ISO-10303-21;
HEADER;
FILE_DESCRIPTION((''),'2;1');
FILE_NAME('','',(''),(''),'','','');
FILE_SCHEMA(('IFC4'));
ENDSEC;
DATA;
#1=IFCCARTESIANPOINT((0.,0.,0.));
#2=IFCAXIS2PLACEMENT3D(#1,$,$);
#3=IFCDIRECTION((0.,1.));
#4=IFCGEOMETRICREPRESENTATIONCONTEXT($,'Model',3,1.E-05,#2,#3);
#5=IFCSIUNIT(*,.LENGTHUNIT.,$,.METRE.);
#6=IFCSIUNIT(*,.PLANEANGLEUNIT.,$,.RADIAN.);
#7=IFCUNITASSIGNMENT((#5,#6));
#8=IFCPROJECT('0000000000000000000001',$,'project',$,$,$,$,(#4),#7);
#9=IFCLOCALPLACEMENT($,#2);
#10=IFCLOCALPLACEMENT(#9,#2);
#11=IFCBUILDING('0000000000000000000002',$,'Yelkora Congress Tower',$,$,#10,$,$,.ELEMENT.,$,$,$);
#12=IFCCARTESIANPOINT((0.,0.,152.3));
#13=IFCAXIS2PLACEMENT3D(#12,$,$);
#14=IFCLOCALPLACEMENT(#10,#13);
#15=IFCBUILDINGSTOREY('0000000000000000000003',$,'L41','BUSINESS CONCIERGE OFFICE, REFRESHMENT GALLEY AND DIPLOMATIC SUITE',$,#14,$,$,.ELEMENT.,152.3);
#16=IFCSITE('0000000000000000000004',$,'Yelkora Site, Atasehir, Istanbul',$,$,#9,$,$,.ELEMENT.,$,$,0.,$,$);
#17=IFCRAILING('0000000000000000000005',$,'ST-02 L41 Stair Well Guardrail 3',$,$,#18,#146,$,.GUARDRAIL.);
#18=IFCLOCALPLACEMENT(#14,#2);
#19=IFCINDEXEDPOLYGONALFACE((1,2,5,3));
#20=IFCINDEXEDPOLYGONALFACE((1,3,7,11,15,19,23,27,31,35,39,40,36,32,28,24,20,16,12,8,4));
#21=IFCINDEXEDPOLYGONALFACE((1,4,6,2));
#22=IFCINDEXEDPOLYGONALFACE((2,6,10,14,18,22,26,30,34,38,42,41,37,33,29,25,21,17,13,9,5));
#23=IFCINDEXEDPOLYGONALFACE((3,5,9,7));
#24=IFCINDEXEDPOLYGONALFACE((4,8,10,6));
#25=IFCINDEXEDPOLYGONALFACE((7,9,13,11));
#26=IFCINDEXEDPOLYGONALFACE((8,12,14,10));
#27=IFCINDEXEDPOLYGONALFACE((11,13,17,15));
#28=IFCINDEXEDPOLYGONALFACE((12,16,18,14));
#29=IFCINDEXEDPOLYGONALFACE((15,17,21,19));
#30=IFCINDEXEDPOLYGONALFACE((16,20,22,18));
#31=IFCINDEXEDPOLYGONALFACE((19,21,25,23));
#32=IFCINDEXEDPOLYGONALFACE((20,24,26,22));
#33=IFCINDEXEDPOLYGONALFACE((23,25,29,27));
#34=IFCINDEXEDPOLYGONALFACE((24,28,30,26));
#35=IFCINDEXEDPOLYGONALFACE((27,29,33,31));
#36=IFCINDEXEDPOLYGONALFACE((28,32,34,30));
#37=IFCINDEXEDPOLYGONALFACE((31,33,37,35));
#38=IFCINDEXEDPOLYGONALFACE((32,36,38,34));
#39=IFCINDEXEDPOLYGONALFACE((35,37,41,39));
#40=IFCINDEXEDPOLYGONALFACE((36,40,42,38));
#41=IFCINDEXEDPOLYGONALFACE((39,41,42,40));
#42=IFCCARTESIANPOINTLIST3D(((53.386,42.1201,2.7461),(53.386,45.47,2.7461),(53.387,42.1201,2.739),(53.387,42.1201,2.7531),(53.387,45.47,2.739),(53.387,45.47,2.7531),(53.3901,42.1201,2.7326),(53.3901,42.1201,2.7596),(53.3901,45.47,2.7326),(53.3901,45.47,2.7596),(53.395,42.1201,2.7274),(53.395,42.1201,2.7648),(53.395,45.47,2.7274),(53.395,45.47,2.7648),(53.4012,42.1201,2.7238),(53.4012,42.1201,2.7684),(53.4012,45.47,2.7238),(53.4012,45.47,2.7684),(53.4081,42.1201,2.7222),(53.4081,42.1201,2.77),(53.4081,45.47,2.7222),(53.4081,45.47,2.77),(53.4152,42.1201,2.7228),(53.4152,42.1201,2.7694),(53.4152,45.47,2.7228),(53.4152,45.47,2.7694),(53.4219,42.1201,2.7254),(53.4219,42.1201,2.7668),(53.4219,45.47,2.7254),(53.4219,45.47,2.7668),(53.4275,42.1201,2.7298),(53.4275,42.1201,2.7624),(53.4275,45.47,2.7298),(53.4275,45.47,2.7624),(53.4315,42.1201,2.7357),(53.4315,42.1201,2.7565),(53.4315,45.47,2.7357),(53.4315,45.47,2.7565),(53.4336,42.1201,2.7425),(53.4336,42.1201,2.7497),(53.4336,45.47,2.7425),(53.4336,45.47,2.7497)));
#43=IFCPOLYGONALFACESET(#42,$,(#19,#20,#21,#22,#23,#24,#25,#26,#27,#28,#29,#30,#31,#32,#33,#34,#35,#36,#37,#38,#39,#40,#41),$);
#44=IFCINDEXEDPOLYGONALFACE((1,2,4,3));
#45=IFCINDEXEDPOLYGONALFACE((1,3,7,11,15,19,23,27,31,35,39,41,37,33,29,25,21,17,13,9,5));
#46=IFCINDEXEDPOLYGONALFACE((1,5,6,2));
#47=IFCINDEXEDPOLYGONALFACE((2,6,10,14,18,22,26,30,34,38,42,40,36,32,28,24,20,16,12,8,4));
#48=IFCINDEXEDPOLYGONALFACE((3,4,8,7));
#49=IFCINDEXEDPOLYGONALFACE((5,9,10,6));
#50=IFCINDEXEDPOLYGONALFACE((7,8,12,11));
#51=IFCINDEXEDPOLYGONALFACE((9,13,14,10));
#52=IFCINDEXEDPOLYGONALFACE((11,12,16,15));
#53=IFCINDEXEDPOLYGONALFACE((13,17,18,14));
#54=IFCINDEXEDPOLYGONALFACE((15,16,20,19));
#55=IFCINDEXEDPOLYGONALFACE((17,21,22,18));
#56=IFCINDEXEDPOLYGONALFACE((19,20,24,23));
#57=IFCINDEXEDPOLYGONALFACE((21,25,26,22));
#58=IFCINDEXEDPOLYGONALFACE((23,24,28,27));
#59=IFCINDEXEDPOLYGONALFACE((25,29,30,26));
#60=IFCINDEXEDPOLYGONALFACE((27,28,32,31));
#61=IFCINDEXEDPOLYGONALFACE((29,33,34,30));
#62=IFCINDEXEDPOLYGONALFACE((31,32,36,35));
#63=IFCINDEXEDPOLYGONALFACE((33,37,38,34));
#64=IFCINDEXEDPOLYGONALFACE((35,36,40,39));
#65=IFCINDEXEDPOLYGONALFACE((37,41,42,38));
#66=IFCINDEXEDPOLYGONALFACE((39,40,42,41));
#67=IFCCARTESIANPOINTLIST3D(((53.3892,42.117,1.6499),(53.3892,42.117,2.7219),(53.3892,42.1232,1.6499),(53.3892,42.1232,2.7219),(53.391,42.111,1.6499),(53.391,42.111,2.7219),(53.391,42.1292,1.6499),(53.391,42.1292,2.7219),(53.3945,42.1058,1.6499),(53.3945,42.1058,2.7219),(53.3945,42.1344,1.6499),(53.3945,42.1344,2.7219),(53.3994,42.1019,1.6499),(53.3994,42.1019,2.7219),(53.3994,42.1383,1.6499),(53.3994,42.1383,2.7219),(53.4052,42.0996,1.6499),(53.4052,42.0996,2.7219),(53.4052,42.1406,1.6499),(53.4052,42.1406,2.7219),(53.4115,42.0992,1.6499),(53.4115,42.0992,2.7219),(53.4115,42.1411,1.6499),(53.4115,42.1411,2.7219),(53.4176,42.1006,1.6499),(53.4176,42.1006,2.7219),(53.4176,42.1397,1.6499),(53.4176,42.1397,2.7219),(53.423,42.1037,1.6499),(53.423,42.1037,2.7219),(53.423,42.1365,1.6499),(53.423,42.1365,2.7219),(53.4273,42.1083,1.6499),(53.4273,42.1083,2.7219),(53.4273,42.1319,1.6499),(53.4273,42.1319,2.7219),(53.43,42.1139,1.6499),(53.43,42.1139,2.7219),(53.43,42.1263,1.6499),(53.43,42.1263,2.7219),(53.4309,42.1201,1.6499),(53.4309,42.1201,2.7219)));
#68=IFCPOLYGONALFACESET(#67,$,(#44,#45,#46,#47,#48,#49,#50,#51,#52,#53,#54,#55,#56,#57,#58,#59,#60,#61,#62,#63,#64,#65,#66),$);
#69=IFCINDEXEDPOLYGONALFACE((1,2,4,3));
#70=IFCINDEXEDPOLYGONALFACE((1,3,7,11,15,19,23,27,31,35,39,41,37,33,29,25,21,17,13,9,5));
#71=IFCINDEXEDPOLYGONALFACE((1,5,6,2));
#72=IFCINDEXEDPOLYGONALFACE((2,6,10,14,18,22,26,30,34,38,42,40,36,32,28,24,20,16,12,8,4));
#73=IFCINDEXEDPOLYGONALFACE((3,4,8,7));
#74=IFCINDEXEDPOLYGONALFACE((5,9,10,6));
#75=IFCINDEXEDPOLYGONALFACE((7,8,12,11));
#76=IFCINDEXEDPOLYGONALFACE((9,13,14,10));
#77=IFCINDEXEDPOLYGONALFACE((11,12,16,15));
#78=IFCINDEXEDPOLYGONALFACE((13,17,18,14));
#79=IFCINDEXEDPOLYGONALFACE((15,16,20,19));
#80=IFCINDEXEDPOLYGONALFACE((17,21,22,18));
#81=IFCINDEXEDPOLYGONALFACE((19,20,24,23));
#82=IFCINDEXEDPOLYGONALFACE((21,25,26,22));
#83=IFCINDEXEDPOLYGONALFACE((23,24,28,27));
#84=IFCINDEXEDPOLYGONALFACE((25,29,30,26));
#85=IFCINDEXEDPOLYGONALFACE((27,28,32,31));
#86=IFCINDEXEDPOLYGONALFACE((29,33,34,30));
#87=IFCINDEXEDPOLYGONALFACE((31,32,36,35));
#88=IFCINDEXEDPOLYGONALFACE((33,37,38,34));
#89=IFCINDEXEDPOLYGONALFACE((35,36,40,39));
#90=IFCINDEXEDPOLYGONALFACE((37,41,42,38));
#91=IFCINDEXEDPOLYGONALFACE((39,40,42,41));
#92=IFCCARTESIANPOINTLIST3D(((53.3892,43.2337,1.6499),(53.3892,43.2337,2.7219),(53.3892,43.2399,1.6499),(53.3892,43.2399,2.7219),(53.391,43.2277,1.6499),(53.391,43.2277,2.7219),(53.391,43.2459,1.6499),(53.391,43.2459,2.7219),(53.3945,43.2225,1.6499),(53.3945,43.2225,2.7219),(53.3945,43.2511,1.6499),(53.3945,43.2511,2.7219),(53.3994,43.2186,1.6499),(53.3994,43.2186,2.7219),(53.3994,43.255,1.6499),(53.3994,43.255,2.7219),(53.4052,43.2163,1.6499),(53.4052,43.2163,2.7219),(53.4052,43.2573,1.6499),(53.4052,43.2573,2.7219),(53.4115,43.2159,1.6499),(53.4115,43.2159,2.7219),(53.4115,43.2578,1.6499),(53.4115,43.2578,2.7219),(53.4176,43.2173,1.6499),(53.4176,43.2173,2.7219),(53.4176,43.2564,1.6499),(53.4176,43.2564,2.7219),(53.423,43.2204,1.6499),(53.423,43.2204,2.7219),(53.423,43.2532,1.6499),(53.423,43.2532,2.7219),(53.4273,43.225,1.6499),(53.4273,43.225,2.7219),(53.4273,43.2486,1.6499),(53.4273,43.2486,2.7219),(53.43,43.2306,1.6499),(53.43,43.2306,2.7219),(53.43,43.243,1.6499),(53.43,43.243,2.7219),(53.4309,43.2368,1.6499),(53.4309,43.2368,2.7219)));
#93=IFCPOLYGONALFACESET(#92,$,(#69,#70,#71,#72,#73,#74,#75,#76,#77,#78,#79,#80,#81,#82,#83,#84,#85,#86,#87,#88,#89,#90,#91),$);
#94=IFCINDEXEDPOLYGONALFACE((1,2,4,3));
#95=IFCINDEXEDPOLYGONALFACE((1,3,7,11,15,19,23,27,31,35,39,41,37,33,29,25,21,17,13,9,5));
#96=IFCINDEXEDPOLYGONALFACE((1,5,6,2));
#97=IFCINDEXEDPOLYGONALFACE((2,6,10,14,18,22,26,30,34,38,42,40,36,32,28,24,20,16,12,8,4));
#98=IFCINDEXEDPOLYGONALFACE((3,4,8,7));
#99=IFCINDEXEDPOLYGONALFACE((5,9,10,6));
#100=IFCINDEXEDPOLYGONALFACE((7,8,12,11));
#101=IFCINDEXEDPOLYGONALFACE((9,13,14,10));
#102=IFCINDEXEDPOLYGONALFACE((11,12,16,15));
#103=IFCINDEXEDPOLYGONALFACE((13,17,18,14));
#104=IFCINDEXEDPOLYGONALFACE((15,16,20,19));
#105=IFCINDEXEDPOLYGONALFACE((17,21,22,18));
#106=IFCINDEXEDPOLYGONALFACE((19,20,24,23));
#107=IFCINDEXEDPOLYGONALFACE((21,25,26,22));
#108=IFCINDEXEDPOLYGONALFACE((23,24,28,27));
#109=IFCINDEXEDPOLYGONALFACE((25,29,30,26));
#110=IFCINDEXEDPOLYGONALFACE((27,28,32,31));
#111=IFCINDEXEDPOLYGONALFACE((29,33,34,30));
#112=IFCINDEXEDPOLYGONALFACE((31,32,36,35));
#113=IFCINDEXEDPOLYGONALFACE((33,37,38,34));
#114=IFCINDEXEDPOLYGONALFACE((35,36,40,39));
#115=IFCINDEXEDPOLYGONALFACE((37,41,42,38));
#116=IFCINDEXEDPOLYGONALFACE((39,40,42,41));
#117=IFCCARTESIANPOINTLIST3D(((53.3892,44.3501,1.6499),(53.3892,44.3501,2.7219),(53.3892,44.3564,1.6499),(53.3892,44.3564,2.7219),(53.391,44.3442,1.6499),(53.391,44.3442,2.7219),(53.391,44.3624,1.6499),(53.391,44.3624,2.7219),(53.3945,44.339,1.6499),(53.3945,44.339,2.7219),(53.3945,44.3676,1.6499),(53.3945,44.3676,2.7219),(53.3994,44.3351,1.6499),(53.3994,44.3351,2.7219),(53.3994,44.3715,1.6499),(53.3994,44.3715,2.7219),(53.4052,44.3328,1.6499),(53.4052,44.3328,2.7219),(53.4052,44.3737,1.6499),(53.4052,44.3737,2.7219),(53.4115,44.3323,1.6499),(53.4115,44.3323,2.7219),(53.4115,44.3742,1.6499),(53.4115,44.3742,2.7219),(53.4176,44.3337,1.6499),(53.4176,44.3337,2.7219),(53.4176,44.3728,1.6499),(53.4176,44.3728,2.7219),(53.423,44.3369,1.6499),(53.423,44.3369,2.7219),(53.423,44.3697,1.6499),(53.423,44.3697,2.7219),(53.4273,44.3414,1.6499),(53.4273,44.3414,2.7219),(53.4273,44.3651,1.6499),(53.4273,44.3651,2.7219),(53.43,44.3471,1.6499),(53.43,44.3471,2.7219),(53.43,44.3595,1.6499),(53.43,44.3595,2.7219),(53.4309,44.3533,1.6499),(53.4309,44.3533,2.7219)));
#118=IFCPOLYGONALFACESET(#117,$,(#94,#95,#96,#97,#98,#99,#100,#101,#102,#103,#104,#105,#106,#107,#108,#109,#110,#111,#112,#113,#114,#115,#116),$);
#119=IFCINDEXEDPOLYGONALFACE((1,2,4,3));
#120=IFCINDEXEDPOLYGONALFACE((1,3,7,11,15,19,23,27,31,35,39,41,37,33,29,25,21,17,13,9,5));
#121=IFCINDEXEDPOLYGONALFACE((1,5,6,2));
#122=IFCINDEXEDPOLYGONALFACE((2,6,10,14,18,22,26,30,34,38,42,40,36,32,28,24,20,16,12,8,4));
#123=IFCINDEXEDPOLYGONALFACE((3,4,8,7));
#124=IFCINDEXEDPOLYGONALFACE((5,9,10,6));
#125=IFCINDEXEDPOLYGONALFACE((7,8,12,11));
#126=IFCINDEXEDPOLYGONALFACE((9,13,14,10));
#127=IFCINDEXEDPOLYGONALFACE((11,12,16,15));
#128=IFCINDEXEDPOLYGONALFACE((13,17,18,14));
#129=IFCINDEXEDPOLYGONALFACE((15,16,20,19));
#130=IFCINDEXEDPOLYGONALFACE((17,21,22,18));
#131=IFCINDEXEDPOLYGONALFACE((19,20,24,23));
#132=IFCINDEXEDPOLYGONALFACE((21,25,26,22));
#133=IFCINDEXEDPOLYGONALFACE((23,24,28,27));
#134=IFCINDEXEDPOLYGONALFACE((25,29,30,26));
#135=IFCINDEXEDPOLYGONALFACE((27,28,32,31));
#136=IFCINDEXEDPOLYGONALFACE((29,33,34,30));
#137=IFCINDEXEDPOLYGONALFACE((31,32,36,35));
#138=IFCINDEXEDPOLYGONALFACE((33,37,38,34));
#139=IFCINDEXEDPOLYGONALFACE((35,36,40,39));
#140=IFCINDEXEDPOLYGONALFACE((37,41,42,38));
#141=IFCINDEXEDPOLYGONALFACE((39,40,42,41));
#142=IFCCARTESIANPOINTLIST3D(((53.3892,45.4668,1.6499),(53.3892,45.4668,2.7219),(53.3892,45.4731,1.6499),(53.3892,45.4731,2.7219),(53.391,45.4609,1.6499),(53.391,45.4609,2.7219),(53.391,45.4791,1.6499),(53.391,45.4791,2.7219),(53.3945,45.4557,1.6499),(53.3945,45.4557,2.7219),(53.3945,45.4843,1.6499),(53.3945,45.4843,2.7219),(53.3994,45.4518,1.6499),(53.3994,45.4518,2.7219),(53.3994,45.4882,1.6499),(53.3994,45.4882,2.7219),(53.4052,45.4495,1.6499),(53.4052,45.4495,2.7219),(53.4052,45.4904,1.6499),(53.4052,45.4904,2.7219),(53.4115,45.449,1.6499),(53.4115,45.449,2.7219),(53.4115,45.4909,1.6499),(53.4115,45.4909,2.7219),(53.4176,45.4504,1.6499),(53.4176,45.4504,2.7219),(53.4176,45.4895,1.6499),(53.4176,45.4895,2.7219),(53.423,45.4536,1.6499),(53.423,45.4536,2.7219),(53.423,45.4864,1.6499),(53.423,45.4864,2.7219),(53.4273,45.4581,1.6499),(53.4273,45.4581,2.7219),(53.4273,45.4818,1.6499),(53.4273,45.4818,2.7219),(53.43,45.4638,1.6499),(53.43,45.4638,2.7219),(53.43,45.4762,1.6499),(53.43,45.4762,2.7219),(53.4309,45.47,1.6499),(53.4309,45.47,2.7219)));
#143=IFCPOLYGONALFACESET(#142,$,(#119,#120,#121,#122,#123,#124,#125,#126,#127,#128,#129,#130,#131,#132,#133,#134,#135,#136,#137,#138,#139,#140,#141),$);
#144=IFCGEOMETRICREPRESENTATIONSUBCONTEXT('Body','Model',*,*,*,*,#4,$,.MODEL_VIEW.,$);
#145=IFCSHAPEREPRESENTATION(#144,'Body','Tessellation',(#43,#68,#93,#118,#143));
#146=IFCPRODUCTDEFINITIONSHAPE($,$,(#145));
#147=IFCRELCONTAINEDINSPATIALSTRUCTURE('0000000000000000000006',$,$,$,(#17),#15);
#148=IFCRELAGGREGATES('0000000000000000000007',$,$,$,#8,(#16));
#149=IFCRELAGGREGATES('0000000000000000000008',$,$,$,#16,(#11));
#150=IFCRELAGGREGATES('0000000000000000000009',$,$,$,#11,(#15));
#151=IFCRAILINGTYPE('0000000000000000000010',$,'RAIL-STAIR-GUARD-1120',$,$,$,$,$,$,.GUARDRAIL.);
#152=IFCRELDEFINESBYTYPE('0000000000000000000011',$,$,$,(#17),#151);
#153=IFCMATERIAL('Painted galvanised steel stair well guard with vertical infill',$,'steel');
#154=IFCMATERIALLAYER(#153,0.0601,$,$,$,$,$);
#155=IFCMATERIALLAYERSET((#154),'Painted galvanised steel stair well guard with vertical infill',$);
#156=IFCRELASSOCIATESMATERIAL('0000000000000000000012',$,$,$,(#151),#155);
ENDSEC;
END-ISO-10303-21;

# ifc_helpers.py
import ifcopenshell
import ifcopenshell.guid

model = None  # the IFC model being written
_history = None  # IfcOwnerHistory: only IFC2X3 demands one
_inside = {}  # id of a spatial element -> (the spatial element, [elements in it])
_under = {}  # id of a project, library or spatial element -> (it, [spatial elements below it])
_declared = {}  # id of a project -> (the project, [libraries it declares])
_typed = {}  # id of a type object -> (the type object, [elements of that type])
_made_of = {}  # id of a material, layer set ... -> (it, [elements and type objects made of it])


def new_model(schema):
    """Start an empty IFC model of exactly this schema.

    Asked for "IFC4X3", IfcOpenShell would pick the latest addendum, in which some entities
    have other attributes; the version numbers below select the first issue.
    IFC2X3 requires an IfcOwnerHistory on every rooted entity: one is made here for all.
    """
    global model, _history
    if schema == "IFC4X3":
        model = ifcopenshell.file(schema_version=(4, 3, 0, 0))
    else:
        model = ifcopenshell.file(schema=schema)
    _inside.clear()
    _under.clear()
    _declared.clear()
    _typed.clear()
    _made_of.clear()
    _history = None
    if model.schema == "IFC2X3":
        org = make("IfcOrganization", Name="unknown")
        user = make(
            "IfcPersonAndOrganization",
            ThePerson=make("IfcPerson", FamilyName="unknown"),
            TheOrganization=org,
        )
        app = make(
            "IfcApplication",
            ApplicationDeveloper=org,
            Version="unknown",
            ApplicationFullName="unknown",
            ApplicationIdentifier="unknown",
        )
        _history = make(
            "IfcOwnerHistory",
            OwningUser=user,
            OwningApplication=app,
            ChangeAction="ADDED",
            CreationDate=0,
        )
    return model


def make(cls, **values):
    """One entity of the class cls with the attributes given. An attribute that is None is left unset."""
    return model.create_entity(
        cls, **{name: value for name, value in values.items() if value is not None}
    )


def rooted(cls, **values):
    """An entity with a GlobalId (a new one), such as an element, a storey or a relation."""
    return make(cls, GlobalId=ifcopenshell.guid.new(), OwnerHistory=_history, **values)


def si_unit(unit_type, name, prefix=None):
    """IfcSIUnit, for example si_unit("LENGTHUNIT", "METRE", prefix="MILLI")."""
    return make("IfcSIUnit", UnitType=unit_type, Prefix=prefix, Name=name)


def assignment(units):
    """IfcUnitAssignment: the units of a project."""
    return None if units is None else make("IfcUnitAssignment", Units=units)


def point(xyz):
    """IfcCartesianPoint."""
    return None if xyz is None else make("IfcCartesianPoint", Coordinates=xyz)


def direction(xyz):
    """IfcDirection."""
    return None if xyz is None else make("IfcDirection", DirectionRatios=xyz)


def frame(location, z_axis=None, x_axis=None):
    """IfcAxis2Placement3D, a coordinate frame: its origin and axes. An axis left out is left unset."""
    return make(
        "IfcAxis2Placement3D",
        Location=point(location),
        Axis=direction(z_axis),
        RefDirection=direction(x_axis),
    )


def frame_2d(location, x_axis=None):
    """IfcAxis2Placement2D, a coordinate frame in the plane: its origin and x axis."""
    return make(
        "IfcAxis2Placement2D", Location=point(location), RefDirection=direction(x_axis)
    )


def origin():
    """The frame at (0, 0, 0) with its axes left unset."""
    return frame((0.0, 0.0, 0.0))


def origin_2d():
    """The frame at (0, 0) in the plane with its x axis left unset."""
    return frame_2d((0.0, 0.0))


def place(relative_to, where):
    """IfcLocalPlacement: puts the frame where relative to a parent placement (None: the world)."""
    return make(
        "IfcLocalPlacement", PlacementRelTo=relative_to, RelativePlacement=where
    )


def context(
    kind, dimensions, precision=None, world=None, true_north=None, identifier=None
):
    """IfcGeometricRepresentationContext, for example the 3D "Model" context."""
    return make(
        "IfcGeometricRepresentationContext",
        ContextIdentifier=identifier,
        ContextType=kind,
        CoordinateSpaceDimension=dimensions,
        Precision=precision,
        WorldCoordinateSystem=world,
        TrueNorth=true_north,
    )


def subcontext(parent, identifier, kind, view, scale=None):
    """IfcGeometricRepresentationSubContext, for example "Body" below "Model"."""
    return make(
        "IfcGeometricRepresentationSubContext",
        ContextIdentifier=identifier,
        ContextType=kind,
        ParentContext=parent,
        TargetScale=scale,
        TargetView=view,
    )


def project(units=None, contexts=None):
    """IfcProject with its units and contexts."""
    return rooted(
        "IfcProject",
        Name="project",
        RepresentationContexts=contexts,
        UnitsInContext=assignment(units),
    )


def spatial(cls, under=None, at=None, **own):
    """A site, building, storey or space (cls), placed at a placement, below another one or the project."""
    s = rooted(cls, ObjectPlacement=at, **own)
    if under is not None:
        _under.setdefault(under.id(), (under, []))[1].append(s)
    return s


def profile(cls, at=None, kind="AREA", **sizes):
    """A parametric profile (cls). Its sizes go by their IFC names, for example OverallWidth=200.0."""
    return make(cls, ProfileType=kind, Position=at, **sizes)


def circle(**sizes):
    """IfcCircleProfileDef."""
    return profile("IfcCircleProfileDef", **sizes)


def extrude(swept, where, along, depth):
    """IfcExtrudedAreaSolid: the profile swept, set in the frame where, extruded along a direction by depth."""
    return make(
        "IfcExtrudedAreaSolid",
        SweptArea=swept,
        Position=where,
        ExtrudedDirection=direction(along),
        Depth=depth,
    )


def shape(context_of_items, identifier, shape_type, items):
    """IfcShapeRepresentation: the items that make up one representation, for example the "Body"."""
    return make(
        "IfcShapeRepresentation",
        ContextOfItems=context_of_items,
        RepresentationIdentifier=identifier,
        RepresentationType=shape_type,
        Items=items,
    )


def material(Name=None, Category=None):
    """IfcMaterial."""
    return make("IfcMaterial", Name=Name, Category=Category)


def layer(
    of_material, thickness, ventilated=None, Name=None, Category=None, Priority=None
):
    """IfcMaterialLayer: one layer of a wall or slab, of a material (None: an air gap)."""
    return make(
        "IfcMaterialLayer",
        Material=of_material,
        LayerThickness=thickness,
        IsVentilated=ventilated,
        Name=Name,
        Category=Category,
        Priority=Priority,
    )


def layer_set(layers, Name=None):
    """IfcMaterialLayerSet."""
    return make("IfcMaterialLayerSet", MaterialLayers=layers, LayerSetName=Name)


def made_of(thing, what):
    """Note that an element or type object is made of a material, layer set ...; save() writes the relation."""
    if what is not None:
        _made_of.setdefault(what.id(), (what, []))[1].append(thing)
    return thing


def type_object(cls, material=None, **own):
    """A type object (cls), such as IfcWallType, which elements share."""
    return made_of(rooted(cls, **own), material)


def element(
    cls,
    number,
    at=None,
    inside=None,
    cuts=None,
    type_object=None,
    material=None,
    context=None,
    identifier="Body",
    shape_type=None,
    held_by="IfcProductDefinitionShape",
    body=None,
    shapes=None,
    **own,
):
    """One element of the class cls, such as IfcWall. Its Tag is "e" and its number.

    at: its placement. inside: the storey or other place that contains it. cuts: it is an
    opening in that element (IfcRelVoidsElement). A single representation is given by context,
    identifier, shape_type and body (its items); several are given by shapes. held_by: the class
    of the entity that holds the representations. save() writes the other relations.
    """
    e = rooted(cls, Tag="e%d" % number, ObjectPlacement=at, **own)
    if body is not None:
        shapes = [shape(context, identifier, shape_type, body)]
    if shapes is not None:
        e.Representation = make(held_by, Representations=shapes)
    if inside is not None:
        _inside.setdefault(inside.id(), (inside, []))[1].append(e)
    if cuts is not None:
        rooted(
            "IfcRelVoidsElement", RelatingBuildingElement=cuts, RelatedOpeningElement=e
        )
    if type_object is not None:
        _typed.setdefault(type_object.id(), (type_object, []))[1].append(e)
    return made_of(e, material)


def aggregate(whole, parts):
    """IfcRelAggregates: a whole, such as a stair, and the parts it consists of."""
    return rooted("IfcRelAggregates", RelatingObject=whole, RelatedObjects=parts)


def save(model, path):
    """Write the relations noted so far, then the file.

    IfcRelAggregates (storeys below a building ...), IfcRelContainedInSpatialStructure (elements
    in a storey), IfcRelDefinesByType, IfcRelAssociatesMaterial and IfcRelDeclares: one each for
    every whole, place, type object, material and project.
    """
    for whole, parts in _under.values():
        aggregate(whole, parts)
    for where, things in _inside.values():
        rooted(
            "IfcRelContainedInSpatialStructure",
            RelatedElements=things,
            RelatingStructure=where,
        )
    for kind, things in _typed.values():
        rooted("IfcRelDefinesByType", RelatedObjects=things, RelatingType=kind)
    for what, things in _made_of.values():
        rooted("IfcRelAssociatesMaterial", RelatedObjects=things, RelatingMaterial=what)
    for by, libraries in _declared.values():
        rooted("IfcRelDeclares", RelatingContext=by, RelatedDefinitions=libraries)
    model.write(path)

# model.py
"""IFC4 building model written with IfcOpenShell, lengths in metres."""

from ifc_helpers import new_model, si_unit, direction, frame, origin, origin_2d, place, context, subcontext, project, spatial, circle, extrude, material, layer, layer_set, type_object, element, save


model = new_model("IFC4")

# Units and contexts
model_context = context("Model", 3, precision=1e-05, world=origin(), true_north=direction((0.0, 1.0)))
body_context = subcontext(model_context, "Body", "Model", "MODEL_VIEW")
ifc_project = project(units=[si_unit("LENGTHUNIT", "METRE"), si_unit("PLANEANGLEUNIT", "RADIAN")], contexts=[model_context])

# Site, building, storey
site_placement = place(None, origin())
site = spatial("IfcSite", under=ifc_project, at=site_placement, Name="Yelkora Site, Atasehir, Istanbul", CompositionType="ELEMENT", RefElevation=0.0)
building_placement = place(site_placement, origin())
building = spatial("IfcBuilding", under=site, at=building_placement, Name="Yelkora Congress Tower", CompositionType="ELEMENT")
storey_placement = place(building_placement, frame((0.0, 0.0, 152.3)))
storey = spatial("IfcBuildingStorey", under=building, at=storey_placement, Name="L41", Description="BUSINESS CONCIERGE OFFICE, REFRESHMENT GALLEY AND DIPLOMATIC SUITE", CompositionType="ELEMENT", Elevation=152.3)

# Railing
ifc_material_1 = material(Name="Painted galvanised steel stair well guard with vertical infill", Category="steel")
ifc_layer_1 = layer(ifc_material_1, 0.0601)
ifc_layer_set_1 = layer_set([ifc_layer_1], Name="Painted galvanised steel stair well guard with vertical infill")
railing_type_1 = type_object("IfcRailingType", Name="RAIL-STAIR-GUARD-1120", PredefinedType="GUARDRAIL", material=ifc_layer_set_1)
for number, where, name in (
    (1, (53.4099, 42.1201, 1.6499), "ST-02 L41 Stair Well Guardrail 3"),
):
    element("IfcRailing", number, at=place(storey_placement, frame(where)), inside=storey, type_object=railing_type_1, Name=name, PredefinedType="GUARDRAIL", context=body_context, shape_type="SweptSolid", body=[
        extrude(circle(Radius=0.0239, at=origin_2d()), frame((0.0, 0.0, 1.0962), z_axis=(0.0, 1.0, 0.0), x_axis=(-1.0, 0.0, 0.0)), (0.0, 0.0, 1.0), 3.3499),
        extrude(circle(Radius=0.021, at=origin_2d()), origin(), (0.0, 0.0, 1.0), 1.072),
        extrude(circle(Radius=0.021, at=origin_2d()), frame((0.0, 1.1167, 0.0)), (0.0, 0.0, 1.0), 1.072),
        extrude(circle(Radius=0.021, at=origin_2d()), frame((0.0, 2.2332, 0.0)), (0.0, 0.0, 1.0), 1.072),
        extrude(circle(Radius=0.021, at=origin_2d()), frame((0.0, 3.3499, 0.0)), (0.0, 0.0, 1.0), 1.072),
    ])

save(model, "model.ifc")
